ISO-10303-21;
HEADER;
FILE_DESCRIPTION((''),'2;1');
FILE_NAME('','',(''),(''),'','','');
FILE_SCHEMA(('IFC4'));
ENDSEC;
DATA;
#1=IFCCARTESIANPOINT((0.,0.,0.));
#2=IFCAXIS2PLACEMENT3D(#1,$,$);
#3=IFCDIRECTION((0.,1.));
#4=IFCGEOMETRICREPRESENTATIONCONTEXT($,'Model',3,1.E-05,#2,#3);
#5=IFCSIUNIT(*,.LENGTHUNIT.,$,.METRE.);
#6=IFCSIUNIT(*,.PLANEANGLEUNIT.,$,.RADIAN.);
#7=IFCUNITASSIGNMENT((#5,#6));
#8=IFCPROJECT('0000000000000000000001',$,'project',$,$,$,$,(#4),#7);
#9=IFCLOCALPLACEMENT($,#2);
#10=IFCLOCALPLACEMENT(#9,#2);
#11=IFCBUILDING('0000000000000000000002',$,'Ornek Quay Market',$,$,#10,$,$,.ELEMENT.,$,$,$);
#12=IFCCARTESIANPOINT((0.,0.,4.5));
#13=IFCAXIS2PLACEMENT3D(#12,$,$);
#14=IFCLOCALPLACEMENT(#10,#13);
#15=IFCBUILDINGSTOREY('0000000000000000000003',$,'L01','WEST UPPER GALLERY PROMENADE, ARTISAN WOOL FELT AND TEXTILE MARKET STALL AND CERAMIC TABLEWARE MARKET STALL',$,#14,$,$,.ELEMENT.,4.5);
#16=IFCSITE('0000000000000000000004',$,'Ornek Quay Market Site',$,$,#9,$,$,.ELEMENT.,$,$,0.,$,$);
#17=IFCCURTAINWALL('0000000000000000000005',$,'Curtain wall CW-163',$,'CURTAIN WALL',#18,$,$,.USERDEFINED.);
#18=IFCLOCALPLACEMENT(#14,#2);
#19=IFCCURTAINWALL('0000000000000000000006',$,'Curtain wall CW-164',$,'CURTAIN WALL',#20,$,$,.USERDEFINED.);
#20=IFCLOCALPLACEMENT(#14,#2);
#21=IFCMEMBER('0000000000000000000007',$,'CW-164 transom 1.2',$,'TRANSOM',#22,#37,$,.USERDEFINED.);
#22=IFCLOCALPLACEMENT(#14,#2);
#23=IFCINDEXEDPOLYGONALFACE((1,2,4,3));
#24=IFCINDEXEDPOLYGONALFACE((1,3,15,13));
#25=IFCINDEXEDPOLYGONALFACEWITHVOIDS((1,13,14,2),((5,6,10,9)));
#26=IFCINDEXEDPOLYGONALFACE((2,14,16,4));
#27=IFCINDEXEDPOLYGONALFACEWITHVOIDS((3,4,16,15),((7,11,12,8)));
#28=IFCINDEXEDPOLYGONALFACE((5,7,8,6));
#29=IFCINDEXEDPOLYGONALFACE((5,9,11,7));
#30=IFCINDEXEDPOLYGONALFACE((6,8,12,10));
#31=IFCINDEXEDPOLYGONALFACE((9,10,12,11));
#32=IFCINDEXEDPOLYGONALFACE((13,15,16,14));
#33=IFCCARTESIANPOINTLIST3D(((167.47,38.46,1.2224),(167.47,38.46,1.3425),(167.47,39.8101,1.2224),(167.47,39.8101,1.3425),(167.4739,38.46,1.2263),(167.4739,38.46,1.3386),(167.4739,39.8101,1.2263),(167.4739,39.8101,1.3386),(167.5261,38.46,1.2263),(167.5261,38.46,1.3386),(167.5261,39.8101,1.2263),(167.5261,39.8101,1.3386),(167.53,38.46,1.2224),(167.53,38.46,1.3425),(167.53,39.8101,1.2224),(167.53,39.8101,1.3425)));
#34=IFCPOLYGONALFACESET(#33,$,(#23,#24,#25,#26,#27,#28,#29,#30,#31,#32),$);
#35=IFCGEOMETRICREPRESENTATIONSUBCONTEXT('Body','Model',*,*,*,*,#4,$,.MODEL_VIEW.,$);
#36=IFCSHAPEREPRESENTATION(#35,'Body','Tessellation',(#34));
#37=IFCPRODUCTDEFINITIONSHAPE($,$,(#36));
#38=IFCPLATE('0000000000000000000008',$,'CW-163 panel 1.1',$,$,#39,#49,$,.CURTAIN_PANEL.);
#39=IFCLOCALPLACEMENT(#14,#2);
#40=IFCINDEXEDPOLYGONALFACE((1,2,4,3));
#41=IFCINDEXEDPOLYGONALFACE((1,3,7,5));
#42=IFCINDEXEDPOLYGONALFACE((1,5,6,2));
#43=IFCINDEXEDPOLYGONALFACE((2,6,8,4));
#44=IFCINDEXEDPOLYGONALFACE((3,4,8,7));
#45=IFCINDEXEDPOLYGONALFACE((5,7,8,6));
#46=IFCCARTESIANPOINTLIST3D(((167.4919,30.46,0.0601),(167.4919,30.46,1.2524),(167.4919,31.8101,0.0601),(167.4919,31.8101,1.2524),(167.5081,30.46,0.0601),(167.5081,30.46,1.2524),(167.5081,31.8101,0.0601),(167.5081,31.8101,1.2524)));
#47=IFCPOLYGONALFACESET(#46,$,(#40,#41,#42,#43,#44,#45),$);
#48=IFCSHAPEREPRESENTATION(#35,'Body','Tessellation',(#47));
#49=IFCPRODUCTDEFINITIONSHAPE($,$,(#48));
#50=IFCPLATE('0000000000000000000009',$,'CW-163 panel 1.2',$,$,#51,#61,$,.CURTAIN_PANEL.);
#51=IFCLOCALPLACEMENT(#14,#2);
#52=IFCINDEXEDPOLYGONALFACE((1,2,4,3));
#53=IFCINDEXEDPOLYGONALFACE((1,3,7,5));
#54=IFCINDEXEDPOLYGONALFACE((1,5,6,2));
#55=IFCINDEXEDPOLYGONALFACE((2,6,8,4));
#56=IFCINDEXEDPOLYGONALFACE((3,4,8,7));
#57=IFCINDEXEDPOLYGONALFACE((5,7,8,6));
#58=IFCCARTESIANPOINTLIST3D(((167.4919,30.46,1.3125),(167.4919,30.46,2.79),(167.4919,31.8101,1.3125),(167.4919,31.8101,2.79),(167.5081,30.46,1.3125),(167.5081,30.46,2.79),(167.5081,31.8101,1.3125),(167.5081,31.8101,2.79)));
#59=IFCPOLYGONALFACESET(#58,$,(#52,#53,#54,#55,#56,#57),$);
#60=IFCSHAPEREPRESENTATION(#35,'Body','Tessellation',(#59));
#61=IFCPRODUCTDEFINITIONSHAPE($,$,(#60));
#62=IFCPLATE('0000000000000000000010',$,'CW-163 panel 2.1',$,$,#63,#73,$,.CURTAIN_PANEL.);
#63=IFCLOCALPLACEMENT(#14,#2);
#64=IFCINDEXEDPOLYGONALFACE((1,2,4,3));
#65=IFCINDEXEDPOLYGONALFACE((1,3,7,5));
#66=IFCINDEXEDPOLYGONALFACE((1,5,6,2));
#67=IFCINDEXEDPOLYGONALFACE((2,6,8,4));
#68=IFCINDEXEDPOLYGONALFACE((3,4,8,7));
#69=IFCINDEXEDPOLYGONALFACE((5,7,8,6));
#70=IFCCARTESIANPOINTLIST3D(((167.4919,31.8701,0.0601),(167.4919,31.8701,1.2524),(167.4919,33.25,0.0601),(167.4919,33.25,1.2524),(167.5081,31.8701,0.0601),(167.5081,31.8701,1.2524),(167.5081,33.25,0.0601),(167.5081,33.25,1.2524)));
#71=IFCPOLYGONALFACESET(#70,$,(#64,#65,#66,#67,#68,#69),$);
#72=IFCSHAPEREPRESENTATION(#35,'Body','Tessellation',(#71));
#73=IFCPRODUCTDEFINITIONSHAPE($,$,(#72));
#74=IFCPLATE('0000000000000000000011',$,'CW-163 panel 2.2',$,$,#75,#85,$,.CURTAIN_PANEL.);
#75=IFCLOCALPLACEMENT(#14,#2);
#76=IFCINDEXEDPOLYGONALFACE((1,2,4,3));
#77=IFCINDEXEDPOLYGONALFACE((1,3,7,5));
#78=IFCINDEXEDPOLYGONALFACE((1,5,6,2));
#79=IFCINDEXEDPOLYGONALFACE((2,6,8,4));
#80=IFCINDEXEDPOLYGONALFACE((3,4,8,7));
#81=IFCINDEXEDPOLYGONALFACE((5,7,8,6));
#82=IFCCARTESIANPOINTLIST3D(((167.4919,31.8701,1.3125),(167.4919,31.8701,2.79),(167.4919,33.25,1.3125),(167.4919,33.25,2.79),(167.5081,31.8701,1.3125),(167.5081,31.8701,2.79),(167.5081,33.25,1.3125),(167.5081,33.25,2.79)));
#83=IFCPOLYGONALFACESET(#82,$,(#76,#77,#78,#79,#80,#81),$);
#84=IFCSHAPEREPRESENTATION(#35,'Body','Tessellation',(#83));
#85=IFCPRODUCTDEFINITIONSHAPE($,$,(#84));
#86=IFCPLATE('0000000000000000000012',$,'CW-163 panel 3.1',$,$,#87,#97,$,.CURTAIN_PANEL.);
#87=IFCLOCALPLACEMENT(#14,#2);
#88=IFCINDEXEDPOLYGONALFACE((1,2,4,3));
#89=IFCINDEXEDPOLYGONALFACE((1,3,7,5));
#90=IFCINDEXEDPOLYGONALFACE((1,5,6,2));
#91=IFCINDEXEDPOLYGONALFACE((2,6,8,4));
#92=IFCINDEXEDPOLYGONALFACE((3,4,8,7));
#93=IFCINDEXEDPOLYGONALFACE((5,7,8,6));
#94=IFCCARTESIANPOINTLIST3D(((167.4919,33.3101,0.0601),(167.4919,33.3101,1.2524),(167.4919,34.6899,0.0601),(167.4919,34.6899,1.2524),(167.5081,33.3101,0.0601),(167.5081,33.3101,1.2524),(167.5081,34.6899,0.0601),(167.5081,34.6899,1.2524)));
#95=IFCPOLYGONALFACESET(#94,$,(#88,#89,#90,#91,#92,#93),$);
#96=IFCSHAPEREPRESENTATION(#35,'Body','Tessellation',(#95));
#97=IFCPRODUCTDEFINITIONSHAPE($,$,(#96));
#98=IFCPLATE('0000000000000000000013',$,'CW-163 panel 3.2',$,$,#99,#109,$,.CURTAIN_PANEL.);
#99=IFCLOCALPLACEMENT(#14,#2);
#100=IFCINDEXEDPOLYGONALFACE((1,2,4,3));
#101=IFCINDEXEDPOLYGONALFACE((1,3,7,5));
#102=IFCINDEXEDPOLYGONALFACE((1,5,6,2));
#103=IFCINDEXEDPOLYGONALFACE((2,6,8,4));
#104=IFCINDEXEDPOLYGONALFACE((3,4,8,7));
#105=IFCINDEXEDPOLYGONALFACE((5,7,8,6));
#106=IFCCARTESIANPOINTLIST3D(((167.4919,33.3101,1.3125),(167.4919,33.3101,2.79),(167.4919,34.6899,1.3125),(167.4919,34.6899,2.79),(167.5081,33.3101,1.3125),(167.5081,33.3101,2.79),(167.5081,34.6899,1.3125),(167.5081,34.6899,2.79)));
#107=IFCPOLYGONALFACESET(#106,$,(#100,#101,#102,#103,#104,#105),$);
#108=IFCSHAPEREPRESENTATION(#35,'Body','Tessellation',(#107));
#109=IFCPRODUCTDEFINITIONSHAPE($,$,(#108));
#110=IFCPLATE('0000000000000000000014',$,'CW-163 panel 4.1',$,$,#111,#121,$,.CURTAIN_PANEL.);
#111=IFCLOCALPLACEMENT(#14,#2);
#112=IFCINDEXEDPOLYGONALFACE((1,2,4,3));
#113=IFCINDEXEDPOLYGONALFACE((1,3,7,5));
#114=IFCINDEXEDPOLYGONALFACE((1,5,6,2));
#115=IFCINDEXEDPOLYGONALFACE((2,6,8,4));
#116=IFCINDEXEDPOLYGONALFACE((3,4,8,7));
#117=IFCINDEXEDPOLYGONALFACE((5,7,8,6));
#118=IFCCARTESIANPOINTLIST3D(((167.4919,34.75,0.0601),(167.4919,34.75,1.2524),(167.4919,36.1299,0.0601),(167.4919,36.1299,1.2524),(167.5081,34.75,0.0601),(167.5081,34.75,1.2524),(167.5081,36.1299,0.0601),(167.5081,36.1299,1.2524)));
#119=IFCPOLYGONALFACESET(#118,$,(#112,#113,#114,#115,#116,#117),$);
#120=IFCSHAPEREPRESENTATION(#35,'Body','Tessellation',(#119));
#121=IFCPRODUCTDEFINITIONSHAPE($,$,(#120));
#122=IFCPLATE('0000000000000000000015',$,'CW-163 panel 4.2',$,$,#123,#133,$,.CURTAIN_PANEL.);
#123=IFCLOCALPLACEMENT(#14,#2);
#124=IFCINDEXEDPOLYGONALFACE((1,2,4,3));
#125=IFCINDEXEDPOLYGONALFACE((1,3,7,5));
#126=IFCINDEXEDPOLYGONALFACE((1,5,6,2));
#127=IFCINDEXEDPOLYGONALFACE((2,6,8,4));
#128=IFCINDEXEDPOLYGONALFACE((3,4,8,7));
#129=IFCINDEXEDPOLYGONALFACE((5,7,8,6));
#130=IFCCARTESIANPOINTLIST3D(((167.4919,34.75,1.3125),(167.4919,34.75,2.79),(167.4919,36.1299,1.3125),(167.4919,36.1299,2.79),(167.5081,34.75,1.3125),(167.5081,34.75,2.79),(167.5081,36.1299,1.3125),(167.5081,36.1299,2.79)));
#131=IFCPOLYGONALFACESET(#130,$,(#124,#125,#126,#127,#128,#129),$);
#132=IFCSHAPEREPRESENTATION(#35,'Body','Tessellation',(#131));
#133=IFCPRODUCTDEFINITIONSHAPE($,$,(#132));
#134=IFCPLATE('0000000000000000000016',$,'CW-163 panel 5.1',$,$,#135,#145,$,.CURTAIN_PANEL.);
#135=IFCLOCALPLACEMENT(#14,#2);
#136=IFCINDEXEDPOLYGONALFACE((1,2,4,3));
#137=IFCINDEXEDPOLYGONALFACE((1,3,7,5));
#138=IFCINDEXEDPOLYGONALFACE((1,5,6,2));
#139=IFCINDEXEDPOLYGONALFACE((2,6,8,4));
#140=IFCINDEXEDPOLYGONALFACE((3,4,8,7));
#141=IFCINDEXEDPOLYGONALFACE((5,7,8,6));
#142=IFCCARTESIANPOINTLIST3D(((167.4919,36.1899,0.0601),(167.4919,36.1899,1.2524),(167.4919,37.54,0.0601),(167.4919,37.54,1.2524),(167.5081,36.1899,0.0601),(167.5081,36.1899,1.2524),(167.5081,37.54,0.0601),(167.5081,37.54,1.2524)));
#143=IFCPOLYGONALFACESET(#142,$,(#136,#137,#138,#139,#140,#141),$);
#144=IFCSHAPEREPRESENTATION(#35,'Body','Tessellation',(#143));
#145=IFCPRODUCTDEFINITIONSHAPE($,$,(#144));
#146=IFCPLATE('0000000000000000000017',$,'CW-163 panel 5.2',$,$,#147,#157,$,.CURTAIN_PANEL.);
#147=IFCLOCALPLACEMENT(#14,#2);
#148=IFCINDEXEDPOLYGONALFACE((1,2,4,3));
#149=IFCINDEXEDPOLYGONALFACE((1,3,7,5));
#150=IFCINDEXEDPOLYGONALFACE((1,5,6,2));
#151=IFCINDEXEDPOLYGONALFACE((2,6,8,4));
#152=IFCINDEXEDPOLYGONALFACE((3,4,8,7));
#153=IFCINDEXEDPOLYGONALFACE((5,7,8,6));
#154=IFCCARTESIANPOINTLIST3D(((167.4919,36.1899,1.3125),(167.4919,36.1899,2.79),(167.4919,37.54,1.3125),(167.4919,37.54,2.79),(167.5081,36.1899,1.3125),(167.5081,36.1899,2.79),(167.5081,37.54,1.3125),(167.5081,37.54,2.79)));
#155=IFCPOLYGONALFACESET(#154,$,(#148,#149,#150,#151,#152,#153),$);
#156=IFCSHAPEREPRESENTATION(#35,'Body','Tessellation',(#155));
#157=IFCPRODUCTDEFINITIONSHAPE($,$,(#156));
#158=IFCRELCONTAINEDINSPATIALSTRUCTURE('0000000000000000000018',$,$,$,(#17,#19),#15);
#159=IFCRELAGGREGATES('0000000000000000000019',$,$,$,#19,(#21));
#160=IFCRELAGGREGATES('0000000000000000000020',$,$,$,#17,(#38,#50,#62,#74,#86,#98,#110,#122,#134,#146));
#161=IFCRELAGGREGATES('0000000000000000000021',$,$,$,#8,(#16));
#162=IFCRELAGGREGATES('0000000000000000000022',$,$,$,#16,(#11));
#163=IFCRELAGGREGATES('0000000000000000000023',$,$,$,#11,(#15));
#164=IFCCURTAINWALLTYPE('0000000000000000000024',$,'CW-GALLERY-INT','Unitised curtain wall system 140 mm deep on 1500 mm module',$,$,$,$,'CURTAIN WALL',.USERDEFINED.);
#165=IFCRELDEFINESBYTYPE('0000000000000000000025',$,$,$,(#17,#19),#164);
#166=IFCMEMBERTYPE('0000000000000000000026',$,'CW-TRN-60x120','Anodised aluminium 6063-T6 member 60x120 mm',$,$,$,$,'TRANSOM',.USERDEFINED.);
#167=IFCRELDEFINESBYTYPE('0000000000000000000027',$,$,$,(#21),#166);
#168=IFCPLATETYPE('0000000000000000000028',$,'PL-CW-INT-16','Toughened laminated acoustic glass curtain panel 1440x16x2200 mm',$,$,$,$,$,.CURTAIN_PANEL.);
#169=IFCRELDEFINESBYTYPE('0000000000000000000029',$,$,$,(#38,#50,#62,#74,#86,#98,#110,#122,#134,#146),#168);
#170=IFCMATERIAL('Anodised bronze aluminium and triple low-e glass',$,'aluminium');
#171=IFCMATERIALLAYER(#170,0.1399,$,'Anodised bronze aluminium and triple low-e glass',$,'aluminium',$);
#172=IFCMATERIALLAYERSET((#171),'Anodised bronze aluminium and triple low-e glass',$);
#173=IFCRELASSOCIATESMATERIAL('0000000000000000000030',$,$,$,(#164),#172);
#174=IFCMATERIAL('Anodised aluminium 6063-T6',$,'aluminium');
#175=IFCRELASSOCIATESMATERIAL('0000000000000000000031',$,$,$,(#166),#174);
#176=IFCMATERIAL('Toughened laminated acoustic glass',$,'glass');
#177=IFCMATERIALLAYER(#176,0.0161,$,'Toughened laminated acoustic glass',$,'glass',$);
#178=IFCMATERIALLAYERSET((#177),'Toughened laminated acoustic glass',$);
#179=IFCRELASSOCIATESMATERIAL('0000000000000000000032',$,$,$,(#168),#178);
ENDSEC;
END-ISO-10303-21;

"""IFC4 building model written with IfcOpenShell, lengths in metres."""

from ifc_helpers import new_model, si_unit, direction, frame, origin, origin_2d, place, context, subcontext, project, spatial, rectangle, hollow_rectangle, extrude, material, layer, layer_set, material_profile, profile_set, type_object, element, aggregate, save


model = new_model("IFC4")

# Units and contexts
model_context = context("Model", 3, precision=1e-05, world=origin(), true_north=direction((0.0, 1.0)))
body_context = subcontext(model_context, "Body", "Model", "MODEL_VIEW")
ifc_project = project(units=[si_unit("LENGTHUNIT", "METRE"), si_unit("PLANEANGLEUNIT", "RADIAN")], contexts=[model_context])

# Site, building, storey
site_placement = place(None, origin())
site = spatial("IfcSite", under=ifc_project, at=site_placement, Name="Ornek Quay Market Site", CompositionType="ELEMENT", RefElevation=0.0)
building_placement = place(site_placement, origin())
building = spatial("IfcBuilding", under=site, at=building_placement, Name="Ornek Quay Market", CompositionType="ELEMENT")
storey_placement = place(building_placement, frame((0.0, 0.0, 4.5)))
storey = spatial("IfcBuildingStorey", under=building, at=storey_placement, Name="L01", Description="WEST UPPER GALLERY PROMENADE, ARTISAN WOOL FELT AND TEXTILE MARKET STALL AND CERAMIC TABLEWARE MARKET STALL", CompositionType="ELEMENT", Elevation=4.5)

# Curtain wall
ifc_material_1 = material(Name="Anodised bronze aluminium and triple low-e glass", Category="aluminium")
ifc_layer_1 = layer(ifc_material_1, 0.1399, Name="Anodised bronze aluminium and triple low-e glass", Category="aluminium")
ifc_layer_set_1 = layer_set([ifc_layer_1], Name="Anodised bronze aluminium and triple low-e glass")
curtain_wall_type = type_object("IfcCurtainWallType", Name="CW-GALLERY-INT", Description="Unitised curtain wall system 140 mm deep on 1500 mm module", ElementType="CURTAIN WALL", PredefinedType="USERDEFINED", material=ifc_layer_set_1)
curtain_wall_1_placement = place(storey_placement, origin())
curtain_wall_1 = element("IfcCurtainWall", 1, at=curtain_wall_1_placement, inside=storey, type_object=curtain_wall_type, Name="Curtain wall CW-163", ObjectType="CURTAIN WALL", PredefinedType="USERDEFINED")
ifc_material_2 = material(Name="Anodised aluminium 6063-T6", Category="aluminium")

# Curtain wall
curtain_wall_2_placement = place(storey_placement, origin())
curtain_wall_2 = element("IfcCurtainWall", 2, at=curtain_wall_2_placement, inside=storey, type_object=curtain_wall_type, Name="Curtain wall CW-164", ObjectType="CURTAIN WALL", PredefinedType="USERDEFINED")

# Member
ifc_material_profile_1 = material_profile(ifc_material_2, hollow_rectangle(XDim=0.0601, YDim=0.1201, WallThickness=0.0039, at=origin_2d()), Name="CW-TRN-60x120", Category="aluminium")
ifc_profile_set_1 = profile_set([ifc_material_profile_1], Name="Anodised aluminium 6063-T6")
member_type_1 = type_object("IfcMemberType", Name="CW-TRN-60x120", Description="Anodised aluminium 6063-T6 member 60x120 mm", ElementType="TRANSOM", PredefinedType="USERDEFINED", material=ifc_profile_set_1)
member_1_placement = place(storey_placement, frame((167.5, 38.46, 1.2825), z_axis=(0.0, 1.0, 0.0), x_axis=(-1.0, 0.0, 0.0)))
member_1 = element("IfcMember", 3, at=member_1_placement, type_object=member_type_1, Name="CW-164 transom 1.2", ObjectType="TRANSOM", PredefinedType="USERDEFINED", context=body_context, shape_type="SweptSolid", body=[
    extrude(hollow_rectangle(XDim=0.0601, YDim=0.1201, WallThickness=0.0039, at=origin_2d()), origin(), (0.0, 0.0, 1.0), 1.3501),
])
aggregate(curtain_wall_2, [member_1])

# Plates
ifc_material_3 = material(Name="Toughened laminated acoustic glass", Category="glass")
ifc_layer_2 = layer(ifc_material_3, 0.0161, Name="Toughened laminated acoustic glass", Category="glass")
ifc_layer_set_2 = layer_set([ifc_layer_2], Name="Toughened laminated acoustic glass")
plate_type = type_object("IfcPlateType", Name="PL-CW-INT-16", Description="Toughened laminated acoustic glass curtain panel 1440x16x2200 mm", PredefinedType="CURTAIN_PANEL", material=ifc_layer_set_2)
plate_1_placement = place(storey_placement, frame((167.5, 31.135, 0.0601), z_axis=(0.0, 0.0, 1.0), x_axis=(0.0, 1.0, 0.0)))
plate_1 = element("IfcPlate", 4, at=plate_1_placement, type_object=plate_type, Name="CW-163 panel 1.1", PredefinedType="CURTAIN_PANEL", context=body_context, shape_type="SweptSolid", body=[
    extrude(rectangle(XDim=1.3501, YDim=0.0161, at=origin_2d()), origin(), (0.0, 0.0, 1.0), 1.1924),
])
plate_2_placement = place(storey_placement, frame((167.5, 31.135, 1.3125), z_axis=(0.0, 0.0, 1.0), x_axis=(0.0, 1.0, 0.0)))
plate_2 = element("IfcPlate", 5, at=plate_2_placement, type_object=plate_type, Name="CW-163 panel 1.2", PredefinedType="CURTAIN_PANEL", context=body_context, shape_type="SweptSolid", body=[
    extrude(rectangle(XDim=1.3501, YDim=0.0161, at=origin_2d()), origin(), (0.0, 0.0, 1.0), 1.4775),
])
plate_3_placement = place(storey_placement, frame((167.5, 32.5601, 0.0601), z_axis=(0.0, 0.0, 1.0), x_axis=(0.0, 1.0, 0.0)))
plate_3 = element("IfcPlate", 6, at=plate_3_placement, type_object=plate_type, Name="CW-163 panel 2.1", PredefinedType="CURTAIN_PANEL", context=body_context, shape_type="SweptSolid", body=[
    extrude(rectangle(XDim=1.3799, YDim=0.0161, at=origin_2d()), origin(), (0.0, 0.0, 1.0), 1.1924),
])
plate_4_placement = place(storey_placement, frame((167.5, 32.5601, 1.3125), z_axis=(0.0, 0.0, 1.0), x_axis=(0.0, 1.0, 0.0)))
plate_4 = element("IfcPlate", 7, at=plate_4_placement, type_object=plate_type, Name="CW-163 panel 2.2", PredefinedType="CURTAIN_PANEL", context=body_context, shape_type="SweptSolid", body=[
    extrude(rectangle(XDim=1.3799, YDim=0.0161, at=origin_2d()), origin(), (0.0, 0.0, 1.0), 1.4775),
])
plate_5_placement = place(storey_placement, frame((167.5, 34.0, 0.0601), z_axis=(0.0, 0.0, 1.0), x_axis=(0.0, 1.0, 0.0)))
plate_5 = element("IfcPlate", 8, at=plate_5_placement, type_object=plate_type, Name="CW-163 panel 3.1", PredefinedType="CURTAIN_PANEL", context=body_context, shape_type="SweptSolid", body=[
    extrude(rectangle(XDim=1.3799, YDim=0.0161, at=origin_2d()), origin(), (0.0, 0.0, 1.0), 1.1924),
])
plate_6_placement = place(storey_placement, frame((167.5, 34.0, 1.3125), z_axis=(0.0, 0.0, 1.0), x_axis=(0.0, 1.0, 0.0)))
plate_6 = element("IfcPlate", 9, at=plate_6_placement, type_object=plate_type, Name="CW-163 panel 3.2", PredefinedType="CURTAIN_PANEL", context=body_context, shape_type="SweptSolid", body=[
    extrude(rectangle(XDim=1.3799, YDim=0.0161, at=origin_2d()), origin(), (0.0, 0.0, 1.0), 1.4775),
])
plate_7_placement = place(storey_placement, frame((167.5, 35.4399, 0.0601), z_axis=(0.0, 0.0, 1.0), x_axis=(0.0, 1.0, 0.0)))
plate_7 = element("IfcPlate", 10, at=plate_7_placement, type_object=plate_type, Name="CW-163 panel 4.1", PredefinedType="CURTAIN_PANEL", context=body_context, shape_type="SweptSolid", body=[
    extrude(rectangle(XDim=1.3799, YDim=0.0161, at=origin_2d()), origin(), (0.0, 0.0, 1.0), 1.1924),
])
plate_8_placement = place(storey_placement, frame((167.5, 35.4399, 1.3125), z_axis=(0.0, 0.0, 1.0), x_axis=(0.0, 1.0, 0.0)))
plate_8 = element("IfcPlate", 11, at=plate_8_placement, type_object=plate_type, Name="CW-163 panel 4.2", PredefinedType="CURTAIN_PANEL", context=body_context, shape_type="SweptSolid", body=[
    extrude(rectangle(XDim=1.3799, YDim=0.0161, at=origin_2d()), origin(), (0.0, 0.0, 1.0), 1.4775),
])
plate_9_placement = place(storey_placement, frame((167.5, 36.865, 0.0601), z_axis=(0.0, 0.0, 1.0), x_axis=(0.0, 1.0, 0.0)))
plate_9 = element("IfcPlate", 12, at=plate_9_placement, type_object=plate_type, Name="CW-163 panel 5.1", PredefinedType="CURTAIN_PANEL", context=body_context, shape_type="SweptSolid", body=[
    extrude(rectangle(XDim=1.3501, YDim=0.0161, at=origin_2d()), origin(), (0.0, 0.0, 1.0), 1.1924),
])
plate_10_placement = place(storey_placement, frame((167.5, 36.865, 1.3125), z_axis=(0.0, 0.0, 1.0), x_axis=(0.0, 1.0, 0.0)))
plate_10 = element("IfcPlate", 13, at=plate_10_placement, type_object=plate_type, Name="CW-163 panel 5.2", PredefinedType="CURTAIN_PANEL", context=body_context, shape_type="SweptSolid", body=[
    extrude(rectangle(XDim=1.3501, YDim=0.0161, at=origin_2d()), origin(), (0.0, 0.0, 1.0), 1.4775),
])
aggregate(curtain_wall_1, [plate_1, plate_2, plate_3, plate_4, plate_5, plate_6, plate_7, plate_8, plate_9, plate_10])

save(model, "model.ifc")
